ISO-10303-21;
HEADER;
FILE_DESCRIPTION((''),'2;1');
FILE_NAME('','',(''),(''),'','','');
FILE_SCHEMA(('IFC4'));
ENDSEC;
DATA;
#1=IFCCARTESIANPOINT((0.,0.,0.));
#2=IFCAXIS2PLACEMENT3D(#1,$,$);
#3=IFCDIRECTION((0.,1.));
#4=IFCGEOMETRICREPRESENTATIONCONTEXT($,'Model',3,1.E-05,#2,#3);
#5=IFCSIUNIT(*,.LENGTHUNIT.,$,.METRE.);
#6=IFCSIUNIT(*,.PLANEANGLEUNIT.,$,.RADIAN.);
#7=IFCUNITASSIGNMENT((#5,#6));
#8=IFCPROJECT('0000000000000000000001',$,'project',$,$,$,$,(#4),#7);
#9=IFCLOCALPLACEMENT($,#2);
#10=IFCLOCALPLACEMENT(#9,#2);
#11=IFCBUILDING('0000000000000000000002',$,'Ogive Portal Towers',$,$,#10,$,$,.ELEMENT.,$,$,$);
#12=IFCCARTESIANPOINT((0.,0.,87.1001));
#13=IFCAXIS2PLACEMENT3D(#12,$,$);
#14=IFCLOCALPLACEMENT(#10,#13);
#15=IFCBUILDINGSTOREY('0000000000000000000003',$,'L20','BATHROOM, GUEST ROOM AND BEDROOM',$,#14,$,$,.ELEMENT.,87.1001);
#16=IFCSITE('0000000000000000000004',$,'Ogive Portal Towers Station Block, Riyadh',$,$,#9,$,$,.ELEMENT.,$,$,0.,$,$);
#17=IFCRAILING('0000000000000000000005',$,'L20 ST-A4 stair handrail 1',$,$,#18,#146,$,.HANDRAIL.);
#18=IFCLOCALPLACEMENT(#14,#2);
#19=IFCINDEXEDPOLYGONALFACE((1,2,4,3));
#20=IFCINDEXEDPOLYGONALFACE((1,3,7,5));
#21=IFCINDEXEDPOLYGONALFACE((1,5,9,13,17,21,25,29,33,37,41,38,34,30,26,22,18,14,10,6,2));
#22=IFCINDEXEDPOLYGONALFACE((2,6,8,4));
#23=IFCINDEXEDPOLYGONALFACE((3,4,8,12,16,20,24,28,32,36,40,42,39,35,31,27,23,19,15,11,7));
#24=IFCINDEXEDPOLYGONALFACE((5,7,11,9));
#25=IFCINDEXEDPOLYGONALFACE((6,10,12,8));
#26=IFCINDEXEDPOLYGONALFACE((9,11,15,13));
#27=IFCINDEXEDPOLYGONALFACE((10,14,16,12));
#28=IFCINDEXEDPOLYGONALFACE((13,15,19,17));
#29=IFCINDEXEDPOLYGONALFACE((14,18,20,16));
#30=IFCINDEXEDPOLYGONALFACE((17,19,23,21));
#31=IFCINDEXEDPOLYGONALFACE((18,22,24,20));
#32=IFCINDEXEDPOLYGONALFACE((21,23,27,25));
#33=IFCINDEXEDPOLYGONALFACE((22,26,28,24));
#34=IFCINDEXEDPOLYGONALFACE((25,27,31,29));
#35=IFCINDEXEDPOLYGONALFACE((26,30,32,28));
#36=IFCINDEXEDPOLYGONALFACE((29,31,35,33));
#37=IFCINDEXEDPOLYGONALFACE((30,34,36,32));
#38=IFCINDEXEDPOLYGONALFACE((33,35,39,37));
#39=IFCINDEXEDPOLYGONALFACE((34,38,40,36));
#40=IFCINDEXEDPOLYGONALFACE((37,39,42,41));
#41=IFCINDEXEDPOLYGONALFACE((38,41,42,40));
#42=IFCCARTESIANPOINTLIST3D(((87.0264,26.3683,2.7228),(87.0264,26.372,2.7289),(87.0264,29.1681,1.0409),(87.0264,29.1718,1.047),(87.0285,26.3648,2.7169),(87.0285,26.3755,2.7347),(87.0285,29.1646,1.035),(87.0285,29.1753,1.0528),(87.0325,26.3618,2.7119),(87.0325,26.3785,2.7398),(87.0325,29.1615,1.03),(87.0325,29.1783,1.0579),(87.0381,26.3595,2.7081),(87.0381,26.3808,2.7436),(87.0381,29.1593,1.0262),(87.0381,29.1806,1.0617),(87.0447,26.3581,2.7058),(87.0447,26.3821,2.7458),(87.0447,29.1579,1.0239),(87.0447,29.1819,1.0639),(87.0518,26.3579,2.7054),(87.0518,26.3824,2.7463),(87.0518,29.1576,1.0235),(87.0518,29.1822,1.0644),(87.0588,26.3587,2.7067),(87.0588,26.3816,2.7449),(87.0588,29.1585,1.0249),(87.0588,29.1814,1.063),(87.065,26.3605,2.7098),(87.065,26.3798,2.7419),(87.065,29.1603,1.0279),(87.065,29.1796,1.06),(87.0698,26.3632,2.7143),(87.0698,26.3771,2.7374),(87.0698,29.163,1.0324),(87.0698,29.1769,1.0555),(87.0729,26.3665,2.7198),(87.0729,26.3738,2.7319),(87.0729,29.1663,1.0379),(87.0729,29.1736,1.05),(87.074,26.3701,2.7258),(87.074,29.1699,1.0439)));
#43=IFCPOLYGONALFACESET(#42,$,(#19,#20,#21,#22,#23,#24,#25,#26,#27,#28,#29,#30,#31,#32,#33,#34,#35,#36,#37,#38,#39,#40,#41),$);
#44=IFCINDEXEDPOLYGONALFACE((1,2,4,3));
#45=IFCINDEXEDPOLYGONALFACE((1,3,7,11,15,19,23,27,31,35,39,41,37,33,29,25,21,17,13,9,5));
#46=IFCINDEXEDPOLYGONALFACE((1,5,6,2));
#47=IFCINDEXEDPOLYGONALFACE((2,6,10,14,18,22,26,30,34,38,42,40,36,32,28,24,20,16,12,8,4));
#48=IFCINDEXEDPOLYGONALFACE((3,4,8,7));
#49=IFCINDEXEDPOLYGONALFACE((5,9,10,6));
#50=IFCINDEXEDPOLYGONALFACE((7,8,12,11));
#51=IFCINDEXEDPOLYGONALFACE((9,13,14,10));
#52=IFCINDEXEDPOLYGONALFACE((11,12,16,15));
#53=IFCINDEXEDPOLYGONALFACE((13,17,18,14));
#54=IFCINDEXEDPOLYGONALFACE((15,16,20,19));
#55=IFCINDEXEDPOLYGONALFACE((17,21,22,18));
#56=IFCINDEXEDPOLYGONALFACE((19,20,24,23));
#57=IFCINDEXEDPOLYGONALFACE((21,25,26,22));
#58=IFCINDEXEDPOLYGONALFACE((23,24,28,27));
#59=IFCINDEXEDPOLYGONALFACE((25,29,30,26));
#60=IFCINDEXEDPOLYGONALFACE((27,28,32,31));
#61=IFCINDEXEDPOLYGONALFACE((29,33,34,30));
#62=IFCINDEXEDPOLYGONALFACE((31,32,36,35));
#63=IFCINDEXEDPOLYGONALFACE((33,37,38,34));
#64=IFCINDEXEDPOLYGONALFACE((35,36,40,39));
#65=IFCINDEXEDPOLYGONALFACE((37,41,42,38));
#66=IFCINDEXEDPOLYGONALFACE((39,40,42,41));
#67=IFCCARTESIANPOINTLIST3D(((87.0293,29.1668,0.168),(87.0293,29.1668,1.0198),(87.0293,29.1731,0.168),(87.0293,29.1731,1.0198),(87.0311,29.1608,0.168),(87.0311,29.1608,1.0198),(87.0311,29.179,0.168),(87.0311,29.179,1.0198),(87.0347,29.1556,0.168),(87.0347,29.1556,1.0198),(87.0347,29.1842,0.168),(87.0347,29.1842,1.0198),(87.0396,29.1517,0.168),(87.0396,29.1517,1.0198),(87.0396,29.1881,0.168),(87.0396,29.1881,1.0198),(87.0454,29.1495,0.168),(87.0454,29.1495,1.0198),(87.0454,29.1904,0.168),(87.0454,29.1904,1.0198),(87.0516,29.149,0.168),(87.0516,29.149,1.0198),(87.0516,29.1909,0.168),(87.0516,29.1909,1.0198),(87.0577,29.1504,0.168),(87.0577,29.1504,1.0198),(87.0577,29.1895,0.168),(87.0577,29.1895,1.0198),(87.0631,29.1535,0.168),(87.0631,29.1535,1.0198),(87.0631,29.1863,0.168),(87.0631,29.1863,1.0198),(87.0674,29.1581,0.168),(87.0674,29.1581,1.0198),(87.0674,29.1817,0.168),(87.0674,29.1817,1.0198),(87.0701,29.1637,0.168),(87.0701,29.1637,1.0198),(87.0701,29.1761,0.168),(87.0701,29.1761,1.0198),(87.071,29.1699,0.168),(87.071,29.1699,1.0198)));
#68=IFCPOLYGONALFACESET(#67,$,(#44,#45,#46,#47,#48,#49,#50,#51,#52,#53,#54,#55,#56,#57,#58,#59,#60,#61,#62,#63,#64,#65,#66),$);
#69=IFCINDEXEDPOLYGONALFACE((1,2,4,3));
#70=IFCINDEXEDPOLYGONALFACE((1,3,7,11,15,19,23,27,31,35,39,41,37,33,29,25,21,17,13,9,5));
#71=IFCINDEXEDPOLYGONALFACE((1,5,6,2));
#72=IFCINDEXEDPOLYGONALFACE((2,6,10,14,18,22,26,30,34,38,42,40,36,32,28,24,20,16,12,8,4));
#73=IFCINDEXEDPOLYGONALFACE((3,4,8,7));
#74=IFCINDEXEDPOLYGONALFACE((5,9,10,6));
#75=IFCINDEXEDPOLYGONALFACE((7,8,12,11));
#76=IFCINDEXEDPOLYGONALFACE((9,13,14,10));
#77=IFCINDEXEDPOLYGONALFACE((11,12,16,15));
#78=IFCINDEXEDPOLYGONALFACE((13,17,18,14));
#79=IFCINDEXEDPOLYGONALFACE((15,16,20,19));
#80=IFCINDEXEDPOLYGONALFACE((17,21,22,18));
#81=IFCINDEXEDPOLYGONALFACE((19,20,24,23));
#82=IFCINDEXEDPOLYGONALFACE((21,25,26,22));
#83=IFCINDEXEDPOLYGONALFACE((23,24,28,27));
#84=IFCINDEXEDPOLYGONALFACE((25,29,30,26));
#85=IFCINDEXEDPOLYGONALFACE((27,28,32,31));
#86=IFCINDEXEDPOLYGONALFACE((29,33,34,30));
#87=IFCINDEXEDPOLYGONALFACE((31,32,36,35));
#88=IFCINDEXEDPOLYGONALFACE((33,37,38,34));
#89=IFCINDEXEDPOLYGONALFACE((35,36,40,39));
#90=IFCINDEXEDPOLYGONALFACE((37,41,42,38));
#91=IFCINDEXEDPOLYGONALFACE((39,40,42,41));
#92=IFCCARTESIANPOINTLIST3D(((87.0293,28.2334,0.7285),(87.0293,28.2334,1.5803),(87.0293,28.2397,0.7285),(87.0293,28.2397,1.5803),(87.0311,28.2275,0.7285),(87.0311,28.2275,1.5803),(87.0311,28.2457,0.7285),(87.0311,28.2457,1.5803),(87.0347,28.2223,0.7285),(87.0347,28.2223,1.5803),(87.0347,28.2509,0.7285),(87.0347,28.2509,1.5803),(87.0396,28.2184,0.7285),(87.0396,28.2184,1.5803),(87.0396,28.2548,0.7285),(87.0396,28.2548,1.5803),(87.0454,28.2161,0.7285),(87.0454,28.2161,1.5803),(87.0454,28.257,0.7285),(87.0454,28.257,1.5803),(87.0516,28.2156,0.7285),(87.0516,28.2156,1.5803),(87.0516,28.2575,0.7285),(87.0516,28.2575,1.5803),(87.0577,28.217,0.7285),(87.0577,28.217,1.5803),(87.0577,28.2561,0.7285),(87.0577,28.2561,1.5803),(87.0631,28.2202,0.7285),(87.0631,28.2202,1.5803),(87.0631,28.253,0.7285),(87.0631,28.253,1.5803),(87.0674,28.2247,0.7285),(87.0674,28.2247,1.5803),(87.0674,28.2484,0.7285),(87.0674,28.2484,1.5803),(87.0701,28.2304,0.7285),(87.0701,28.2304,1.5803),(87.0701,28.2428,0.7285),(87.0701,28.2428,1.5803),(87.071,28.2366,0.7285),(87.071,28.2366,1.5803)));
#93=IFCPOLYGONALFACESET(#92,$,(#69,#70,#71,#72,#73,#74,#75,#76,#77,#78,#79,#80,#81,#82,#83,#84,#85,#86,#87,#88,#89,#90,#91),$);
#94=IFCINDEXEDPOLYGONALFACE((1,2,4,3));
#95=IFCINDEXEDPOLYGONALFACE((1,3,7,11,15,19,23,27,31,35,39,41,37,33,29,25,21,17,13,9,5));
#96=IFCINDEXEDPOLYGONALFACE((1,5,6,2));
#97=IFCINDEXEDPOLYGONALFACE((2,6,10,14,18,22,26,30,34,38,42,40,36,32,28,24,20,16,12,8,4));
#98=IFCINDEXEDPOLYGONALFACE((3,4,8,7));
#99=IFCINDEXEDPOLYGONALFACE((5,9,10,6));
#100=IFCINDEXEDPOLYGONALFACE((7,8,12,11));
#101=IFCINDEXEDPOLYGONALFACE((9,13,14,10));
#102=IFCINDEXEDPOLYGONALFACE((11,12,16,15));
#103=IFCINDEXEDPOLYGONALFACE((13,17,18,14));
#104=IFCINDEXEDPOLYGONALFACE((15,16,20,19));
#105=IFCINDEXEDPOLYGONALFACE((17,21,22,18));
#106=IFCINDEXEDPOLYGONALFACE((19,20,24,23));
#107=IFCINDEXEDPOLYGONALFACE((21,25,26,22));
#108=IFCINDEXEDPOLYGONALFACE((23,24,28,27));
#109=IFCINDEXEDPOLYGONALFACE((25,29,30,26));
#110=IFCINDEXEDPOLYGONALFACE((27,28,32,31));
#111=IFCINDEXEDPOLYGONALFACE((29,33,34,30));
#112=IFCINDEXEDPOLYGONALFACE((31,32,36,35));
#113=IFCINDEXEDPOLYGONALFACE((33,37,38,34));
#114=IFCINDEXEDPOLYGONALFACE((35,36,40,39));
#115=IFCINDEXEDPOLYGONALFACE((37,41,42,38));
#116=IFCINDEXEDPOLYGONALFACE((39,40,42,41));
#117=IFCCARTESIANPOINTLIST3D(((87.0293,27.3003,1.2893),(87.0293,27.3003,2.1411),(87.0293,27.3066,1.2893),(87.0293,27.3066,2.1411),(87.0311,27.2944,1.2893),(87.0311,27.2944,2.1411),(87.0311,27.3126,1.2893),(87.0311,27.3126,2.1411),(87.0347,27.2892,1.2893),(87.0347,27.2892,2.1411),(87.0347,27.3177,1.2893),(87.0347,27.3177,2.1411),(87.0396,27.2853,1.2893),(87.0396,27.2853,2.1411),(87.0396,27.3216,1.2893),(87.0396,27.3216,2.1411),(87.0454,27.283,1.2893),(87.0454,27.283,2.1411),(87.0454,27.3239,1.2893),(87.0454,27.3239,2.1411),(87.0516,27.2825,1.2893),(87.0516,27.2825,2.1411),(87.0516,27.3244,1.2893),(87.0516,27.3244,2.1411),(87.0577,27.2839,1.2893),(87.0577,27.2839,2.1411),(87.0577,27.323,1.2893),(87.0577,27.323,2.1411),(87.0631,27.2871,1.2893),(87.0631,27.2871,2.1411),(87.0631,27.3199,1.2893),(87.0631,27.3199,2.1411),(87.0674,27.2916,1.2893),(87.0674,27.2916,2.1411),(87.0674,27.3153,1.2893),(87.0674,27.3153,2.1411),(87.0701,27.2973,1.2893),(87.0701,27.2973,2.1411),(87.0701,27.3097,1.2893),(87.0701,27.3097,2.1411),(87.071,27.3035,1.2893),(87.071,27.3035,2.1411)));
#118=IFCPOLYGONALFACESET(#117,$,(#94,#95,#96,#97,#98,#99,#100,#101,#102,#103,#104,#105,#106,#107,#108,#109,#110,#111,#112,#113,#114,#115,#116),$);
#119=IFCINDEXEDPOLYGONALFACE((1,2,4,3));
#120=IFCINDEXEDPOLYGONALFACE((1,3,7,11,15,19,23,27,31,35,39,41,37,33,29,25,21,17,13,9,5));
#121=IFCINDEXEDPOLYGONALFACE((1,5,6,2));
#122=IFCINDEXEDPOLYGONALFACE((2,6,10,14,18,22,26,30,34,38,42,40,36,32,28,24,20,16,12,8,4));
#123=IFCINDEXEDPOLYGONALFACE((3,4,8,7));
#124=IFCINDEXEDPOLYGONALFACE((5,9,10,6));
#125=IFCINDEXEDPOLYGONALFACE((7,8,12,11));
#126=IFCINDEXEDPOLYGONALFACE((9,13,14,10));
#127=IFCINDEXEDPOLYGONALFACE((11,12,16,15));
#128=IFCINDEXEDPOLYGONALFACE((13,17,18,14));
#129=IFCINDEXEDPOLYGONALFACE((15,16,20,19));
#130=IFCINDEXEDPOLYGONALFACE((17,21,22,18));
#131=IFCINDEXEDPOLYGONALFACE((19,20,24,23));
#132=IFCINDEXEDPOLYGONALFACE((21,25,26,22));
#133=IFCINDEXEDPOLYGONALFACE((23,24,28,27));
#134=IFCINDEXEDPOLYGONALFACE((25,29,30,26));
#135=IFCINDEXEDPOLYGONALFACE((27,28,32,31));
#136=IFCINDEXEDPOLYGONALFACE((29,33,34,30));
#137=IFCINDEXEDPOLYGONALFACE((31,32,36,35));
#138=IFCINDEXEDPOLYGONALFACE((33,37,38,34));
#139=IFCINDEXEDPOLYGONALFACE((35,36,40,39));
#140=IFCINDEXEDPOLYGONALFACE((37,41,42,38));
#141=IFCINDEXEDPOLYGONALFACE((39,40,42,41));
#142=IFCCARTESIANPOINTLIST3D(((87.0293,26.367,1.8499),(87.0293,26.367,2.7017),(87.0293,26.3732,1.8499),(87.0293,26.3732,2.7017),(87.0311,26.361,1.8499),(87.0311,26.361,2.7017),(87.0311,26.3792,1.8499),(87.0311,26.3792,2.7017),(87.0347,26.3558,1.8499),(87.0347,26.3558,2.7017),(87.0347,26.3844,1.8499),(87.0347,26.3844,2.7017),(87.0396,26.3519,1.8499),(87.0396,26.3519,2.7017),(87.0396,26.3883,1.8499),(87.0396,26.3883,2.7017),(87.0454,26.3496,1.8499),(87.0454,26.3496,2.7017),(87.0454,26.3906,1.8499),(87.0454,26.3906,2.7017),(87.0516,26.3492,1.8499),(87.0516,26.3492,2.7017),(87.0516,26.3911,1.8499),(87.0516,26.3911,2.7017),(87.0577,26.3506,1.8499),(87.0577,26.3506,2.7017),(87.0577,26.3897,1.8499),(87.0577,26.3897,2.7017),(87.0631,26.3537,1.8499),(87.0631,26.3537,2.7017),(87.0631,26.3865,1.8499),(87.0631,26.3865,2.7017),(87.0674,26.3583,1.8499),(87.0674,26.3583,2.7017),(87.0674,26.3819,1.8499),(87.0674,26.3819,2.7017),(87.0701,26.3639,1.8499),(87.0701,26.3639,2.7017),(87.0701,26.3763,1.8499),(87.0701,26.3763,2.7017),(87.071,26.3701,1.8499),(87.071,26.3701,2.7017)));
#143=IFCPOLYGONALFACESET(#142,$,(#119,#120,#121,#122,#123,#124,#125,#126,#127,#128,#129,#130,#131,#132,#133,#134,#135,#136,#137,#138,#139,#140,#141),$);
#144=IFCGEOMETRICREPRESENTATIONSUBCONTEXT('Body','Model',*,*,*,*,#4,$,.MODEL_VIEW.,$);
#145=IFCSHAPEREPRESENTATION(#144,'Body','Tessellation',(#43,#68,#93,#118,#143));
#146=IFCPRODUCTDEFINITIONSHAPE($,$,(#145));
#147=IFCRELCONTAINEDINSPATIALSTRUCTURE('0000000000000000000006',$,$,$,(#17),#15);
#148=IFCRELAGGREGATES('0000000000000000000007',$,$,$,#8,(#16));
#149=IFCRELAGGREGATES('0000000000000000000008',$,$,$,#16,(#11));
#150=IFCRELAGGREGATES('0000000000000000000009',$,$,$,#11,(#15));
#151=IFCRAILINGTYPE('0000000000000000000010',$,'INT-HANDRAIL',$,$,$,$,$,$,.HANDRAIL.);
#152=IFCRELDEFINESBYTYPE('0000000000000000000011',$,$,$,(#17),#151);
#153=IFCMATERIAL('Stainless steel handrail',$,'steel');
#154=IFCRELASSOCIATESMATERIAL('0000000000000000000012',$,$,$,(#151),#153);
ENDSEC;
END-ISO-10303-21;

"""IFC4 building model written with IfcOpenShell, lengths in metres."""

from ifc_helpers import new_model, si_unit, direction, frame, origin, origin_2d, place, context, subcontext, project, spatial, circle, extrude, material, type_object, element, save


model = new_model("IFC4")

# Units and contexts
model_context = context("Model", 3, precision=1e-05, world=origin(), true_north=direction((0.0, 1.0)))
body_context = subcontext(model_context, "Body", "Model", "MODEL_VIEW")
ifc_project = project(units=[si_unit("LENGTHUNIT", "METRE"), si_unit("PLANEANGLEUNIT", "RADIAN")], contexts=[model_context])

# Site, building, storey
site_placement = place(None, origin())
site = spatial("IfcSite", under=ifc_project, at=site_placement, Name="Ogive Portal Towers Station Block, Riyadh", CompositionType="ELEMENT", RefElevation=0.0)
building_placement = place(site_placement, origin())
building = spatial("IfcBuilding", under=site, at=building_placement, Name="Ogive Portal Towers", CompositionType="ELEMENT")
storey_placement = place(building_placement, frame((0.0, 0.0, 87.1001)))
storey = spatial("IfcBuildingStorey", under=building, at=storey_placement, Name="L20", Description="BATHROOM, GUEST ROOM AND BEDROOM", CompositionType="ELEMENT", Elevation=87.1001)

# Railing
ifc_material_1 = material(Name="Stainless steel handrail", Category="steel")
railing_type_1 = type_object("IfcRailingType", Name="INT-HANDRAIL", PredefinedType="HANDRAIL", material=ifc_material_1)
railing_1_placement = place(storey_placement, frame((87.05, 29.1699, 0.168)))
element("IfcRailing", 1, at=railing_1_placement, inside=storey, type_object=railing_type_1, Name="L20 ST-A4 stair handrail 1", PredefinedType="HANDRAIL", context=body_context, shape_type="SweptSolid", body=[
    extrude(circle(Radius=0.0239, at=origin_2d()), frame((0.0, 0.0, 0.876), z_axis=(0.0, -0.857222, 0.514946), x_axis=(1.0, 0.0, 0.0)), (0.0, 0.0, 1.0), 3.2661),
    extrude(circle(Radius=0.021, at=origin_2d()), origin(), (0.0, 0.0, 1.0), 0.8518),
    extrude(circle(Radius=0.021, at=origin_2d()), frame((0.0, -0.9333, 0.5605)), (0.0, 0.0, 1.0), 0.8518),
    extrude(circle(Radius=0.021, at=origin_2d()), frame((0.0, -1.8665, 1.1213)), (0.0, 0.0, 1.0), 0.8518),
    extrude(circle(Radius=0.021, at=origin_2d()), frame((0.0, -2.7998, 1.6819)), (0.0, 0.0, 1.0), 0.8518),
])

save(model, "model.ifc")
